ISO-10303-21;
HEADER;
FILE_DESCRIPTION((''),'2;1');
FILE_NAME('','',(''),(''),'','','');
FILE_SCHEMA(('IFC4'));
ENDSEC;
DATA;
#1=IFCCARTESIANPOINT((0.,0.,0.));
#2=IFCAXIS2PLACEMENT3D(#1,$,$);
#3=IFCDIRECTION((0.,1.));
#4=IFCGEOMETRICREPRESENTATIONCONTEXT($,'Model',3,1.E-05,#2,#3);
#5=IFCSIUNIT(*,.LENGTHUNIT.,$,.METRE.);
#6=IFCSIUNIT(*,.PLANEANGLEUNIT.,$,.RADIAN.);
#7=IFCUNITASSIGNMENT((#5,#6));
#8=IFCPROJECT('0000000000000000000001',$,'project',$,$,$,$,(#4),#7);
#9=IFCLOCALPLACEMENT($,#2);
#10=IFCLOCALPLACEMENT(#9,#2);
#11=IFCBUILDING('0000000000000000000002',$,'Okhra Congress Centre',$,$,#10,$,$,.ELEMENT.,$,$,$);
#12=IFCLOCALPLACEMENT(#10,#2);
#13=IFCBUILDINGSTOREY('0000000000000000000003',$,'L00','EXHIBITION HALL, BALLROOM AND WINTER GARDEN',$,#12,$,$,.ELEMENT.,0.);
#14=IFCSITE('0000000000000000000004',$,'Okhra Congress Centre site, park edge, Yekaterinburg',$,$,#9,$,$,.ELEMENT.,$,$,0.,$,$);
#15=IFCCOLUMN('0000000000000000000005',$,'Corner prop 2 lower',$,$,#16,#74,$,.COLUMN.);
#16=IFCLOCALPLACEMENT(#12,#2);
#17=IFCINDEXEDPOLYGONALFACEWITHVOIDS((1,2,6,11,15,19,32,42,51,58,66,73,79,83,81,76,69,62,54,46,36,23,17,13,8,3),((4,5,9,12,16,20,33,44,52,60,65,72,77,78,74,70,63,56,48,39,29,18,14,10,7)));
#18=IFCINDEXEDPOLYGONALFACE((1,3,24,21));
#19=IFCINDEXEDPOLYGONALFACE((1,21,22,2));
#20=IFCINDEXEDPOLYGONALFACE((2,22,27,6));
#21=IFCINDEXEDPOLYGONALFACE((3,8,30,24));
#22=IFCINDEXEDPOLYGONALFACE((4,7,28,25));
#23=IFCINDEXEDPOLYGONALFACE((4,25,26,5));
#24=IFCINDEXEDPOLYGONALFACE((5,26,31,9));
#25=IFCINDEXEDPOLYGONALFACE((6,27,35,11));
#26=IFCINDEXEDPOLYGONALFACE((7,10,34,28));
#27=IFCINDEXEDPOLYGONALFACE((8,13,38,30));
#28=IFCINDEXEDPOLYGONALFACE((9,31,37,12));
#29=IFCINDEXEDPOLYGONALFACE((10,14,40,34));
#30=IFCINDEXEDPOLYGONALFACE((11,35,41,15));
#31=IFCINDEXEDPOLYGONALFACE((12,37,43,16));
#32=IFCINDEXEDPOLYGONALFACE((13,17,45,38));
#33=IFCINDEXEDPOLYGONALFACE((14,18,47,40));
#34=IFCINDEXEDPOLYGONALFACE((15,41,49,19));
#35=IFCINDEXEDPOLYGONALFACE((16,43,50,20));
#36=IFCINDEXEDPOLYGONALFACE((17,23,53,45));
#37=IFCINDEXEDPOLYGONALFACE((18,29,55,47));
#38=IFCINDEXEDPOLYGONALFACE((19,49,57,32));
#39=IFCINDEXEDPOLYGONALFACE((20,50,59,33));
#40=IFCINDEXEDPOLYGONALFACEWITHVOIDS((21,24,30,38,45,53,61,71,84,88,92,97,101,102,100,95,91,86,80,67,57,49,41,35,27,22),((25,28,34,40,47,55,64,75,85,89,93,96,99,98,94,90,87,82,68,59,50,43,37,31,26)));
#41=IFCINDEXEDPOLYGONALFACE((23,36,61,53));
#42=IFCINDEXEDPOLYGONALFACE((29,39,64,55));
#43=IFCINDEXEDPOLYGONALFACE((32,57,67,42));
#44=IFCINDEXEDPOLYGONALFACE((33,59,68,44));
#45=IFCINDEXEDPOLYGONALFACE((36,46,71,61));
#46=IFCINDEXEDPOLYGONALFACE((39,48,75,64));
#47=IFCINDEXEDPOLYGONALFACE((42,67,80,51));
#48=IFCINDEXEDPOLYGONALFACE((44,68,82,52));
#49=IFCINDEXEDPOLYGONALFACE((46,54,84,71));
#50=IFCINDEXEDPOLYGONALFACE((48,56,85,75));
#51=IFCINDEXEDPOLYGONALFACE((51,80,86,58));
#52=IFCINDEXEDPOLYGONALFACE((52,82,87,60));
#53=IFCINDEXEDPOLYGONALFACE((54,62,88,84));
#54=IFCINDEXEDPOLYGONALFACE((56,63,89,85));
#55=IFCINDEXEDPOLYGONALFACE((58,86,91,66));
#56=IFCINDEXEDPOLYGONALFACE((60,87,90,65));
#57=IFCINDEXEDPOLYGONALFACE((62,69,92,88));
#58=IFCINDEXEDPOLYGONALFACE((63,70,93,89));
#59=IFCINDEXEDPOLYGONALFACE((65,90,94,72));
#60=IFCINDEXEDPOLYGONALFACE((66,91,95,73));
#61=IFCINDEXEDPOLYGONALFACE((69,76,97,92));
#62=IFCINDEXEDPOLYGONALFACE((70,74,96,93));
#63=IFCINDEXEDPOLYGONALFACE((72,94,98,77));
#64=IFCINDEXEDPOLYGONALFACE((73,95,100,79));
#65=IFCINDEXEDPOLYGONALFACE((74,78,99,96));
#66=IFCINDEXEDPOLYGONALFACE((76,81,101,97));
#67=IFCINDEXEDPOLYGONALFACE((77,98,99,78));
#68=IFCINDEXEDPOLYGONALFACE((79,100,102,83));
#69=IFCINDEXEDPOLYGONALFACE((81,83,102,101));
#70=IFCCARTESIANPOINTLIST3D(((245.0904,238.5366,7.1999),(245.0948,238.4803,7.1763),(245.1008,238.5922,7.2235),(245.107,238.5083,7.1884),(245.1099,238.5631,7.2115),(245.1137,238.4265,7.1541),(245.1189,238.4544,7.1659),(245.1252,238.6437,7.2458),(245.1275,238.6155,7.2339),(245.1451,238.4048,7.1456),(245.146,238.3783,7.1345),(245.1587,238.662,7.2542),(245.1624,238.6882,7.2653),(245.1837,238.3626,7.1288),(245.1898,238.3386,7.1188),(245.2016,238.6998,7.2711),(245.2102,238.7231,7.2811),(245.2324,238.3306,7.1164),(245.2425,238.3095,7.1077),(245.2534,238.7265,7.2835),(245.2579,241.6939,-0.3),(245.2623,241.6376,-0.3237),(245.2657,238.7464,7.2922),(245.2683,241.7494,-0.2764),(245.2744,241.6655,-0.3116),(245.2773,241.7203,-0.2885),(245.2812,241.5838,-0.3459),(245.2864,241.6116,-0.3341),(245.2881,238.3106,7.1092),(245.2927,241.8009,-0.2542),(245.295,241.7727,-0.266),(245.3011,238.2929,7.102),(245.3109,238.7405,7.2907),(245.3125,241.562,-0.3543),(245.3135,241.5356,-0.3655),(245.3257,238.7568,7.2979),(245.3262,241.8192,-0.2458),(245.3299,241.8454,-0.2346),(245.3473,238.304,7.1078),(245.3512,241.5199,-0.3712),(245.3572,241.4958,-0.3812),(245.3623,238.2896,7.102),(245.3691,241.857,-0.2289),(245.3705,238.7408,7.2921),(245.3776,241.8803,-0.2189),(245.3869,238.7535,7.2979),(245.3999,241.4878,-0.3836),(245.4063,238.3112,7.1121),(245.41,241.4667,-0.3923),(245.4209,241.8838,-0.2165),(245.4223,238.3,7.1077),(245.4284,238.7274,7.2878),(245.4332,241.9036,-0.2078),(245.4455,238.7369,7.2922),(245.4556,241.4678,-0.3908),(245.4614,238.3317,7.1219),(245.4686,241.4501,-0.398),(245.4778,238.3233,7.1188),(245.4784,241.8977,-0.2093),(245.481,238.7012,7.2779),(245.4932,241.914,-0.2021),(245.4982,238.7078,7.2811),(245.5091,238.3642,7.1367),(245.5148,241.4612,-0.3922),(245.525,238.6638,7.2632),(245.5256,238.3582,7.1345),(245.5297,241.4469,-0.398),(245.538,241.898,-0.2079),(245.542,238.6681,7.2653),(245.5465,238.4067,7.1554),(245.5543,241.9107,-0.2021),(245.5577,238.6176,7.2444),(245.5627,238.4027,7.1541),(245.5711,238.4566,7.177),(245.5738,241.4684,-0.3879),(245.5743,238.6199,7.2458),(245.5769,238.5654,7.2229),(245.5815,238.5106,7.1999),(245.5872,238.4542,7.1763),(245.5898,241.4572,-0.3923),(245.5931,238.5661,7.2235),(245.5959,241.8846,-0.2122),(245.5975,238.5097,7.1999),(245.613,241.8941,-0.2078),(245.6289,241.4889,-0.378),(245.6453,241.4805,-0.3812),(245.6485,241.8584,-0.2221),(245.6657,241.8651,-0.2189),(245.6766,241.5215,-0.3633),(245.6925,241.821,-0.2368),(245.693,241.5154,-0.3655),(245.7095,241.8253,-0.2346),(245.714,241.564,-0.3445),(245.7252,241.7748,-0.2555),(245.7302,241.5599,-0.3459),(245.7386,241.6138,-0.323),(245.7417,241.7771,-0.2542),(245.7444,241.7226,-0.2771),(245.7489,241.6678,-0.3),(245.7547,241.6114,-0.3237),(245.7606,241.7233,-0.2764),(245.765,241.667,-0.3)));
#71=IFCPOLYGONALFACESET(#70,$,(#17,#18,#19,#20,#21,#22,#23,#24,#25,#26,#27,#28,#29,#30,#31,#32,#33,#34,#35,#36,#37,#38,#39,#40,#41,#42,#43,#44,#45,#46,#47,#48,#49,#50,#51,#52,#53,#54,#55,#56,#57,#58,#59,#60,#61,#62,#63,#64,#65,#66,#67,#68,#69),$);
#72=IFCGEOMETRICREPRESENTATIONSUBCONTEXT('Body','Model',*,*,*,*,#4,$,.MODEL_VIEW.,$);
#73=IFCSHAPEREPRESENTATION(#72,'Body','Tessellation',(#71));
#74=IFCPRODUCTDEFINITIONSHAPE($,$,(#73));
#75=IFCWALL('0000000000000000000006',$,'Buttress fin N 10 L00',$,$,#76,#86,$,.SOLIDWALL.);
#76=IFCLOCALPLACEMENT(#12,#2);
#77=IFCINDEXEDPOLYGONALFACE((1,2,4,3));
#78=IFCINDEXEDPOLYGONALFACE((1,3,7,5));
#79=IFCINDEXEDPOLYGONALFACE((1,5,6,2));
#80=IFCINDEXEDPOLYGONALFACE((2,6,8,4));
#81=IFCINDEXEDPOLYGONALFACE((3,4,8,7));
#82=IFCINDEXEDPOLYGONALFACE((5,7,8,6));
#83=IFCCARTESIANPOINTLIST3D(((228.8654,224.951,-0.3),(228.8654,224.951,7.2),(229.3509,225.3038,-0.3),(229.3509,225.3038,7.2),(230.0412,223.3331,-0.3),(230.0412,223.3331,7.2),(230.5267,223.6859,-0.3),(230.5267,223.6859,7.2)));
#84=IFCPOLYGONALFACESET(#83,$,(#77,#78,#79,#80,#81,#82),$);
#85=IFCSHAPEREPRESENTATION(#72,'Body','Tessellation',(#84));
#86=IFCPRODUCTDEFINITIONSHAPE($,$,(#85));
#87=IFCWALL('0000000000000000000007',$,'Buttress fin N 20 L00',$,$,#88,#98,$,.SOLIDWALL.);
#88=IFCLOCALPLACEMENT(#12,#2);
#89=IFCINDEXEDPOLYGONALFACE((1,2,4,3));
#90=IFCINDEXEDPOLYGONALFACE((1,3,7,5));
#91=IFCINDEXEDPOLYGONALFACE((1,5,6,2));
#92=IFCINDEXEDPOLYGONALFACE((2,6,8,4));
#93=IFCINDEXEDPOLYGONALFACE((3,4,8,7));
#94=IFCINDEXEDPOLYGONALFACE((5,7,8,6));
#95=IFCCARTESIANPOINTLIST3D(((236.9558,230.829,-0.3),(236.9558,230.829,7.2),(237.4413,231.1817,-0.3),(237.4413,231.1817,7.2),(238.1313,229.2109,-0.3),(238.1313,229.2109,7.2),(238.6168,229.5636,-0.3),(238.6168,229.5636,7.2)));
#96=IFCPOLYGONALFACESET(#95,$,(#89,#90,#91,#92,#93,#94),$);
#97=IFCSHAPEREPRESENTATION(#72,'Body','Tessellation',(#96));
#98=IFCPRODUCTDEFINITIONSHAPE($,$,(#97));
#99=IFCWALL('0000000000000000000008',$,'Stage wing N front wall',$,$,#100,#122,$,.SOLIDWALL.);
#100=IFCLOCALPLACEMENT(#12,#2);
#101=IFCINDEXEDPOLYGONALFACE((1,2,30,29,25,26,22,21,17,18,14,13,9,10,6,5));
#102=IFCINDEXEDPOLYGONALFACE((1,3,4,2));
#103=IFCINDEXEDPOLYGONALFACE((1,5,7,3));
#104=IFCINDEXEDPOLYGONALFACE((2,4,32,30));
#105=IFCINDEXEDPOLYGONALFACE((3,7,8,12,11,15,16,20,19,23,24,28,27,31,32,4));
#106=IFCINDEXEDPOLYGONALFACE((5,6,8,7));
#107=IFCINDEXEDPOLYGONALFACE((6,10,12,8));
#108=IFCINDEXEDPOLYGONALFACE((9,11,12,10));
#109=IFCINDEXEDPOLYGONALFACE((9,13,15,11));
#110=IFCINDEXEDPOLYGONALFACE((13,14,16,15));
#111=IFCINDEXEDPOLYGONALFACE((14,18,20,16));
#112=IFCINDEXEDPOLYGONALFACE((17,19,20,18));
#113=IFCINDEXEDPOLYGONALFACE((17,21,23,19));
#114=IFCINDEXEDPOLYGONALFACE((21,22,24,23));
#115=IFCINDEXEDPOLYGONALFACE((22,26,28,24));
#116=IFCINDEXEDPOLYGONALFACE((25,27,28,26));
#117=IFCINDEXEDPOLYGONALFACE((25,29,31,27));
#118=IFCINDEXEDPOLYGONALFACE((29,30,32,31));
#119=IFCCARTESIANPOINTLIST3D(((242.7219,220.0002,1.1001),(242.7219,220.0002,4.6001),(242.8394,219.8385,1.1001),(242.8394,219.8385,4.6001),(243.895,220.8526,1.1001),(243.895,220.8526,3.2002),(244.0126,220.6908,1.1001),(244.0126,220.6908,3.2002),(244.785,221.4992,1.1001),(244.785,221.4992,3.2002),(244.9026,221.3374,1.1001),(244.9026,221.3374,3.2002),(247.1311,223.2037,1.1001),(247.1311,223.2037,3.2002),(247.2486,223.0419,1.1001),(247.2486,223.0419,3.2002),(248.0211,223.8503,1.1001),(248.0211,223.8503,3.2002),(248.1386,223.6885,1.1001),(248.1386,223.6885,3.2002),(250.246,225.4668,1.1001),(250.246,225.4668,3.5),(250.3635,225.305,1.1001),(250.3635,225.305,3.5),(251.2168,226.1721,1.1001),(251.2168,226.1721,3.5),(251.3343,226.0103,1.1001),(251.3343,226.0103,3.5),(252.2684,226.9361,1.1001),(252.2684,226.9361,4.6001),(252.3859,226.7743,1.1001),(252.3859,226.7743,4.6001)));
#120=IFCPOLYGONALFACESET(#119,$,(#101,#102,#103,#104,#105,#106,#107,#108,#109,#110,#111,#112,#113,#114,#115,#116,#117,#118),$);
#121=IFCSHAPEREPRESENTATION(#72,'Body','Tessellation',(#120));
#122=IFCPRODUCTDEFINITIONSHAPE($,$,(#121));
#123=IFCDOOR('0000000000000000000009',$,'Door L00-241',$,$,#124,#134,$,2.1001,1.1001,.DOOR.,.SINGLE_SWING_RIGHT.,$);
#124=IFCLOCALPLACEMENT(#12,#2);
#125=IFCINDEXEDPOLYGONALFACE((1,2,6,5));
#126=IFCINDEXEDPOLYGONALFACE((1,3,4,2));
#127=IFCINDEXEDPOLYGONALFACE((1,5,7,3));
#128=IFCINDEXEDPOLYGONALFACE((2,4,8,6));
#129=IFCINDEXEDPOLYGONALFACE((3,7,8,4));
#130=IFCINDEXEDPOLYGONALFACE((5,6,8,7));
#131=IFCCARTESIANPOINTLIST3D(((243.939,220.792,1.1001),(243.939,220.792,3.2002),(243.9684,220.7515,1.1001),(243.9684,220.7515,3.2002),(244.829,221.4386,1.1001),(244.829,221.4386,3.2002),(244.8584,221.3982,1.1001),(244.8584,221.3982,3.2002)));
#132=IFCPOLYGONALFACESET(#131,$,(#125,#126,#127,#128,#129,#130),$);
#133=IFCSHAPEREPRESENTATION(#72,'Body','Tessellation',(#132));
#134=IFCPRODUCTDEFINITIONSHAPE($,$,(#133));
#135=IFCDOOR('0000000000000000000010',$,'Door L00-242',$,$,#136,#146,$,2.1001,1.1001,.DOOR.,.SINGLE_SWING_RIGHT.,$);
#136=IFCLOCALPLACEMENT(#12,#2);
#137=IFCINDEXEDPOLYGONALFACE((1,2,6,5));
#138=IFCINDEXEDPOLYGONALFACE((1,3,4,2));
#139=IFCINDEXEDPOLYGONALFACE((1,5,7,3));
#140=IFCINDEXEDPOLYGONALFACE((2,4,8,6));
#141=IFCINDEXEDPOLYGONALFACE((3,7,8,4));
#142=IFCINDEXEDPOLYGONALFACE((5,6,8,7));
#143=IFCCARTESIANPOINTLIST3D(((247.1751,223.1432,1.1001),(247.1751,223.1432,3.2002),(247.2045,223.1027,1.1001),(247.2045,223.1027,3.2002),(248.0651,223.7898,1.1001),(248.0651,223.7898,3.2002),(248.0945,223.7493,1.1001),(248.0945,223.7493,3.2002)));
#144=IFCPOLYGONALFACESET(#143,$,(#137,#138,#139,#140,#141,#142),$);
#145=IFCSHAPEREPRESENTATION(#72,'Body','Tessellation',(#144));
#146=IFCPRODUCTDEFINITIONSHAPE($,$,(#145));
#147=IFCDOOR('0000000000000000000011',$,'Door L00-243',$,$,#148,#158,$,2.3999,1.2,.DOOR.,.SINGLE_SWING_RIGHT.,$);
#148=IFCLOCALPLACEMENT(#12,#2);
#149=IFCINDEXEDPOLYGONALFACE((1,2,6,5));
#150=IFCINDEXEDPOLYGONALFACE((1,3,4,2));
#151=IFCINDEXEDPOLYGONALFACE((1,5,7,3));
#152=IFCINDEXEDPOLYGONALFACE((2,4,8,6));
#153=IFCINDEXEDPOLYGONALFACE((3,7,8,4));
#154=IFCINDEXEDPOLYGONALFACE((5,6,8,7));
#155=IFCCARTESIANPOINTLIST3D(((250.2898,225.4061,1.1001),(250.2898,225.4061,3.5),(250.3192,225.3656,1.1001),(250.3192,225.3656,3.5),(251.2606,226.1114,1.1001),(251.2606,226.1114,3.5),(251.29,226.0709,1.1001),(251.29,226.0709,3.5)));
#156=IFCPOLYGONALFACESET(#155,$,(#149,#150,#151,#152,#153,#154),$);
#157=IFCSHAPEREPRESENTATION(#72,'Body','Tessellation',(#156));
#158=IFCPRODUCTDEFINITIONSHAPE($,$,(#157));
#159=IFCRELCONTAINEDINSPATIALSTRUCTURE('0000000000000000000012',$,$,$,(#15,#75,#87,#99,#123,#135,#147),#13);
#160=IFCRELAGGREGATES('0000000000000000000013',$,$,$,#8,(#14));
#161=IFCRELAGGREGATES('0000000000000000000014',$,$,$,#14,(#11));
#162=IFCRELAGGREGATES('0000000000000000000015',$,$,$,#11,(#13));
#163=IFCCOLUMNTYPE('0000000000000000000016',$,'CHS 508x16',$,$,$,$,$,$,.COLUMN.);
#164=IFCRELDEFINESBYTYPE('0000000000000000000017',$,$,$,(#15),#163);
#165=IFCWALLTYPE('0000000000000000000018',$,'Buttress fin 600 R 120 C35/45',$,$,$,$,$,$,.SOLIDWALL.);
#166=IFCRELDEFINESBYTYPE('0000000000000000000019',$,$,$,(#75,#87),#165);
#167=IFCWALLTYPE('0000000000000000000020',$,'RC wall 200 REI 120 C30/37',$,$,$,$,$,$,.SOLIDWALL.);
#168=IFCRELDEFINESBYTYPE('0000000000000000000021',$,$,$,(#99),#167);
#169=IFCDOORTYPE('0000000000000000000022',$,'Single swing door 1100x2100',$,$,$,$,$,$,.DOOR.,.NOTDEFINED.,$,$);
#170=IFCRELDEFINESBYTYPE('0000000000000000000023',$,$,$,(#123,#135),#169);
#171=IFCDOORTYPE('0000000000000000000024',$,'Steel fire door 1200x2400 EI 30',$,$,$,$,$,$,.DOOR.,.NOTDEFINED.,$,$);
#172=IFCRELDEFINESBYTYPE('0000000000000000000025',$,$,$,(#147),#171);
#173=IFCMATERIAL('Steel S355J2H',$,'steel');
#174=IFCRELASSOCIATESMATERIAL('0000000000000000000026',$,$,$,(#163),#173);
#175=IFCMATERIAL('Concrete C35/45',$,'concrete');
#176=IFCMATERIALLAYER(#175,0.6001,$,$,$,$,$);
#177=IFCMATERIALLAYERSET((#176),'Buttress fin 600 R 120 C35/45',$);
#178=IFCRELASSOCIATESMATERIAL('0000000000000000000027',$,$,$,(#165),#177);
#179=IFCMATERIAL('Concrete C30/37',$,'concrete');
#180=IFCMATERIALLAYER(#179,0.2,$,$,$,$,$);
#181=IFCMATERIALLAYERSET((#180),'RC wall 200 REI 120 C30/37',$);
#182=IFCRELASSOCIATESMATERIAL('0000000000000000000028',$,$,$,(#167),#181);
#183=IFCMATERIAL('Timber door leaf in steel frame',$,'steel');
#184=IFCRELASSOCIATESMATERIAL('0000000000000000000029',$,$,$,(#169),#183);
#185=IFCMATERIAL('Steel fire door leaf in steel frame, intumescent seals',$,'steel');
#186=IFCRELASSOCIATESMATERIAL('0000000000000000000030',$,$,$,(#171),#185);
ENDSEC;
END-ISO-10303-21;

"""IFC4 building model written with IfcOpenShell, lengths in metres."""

from ifc_helpers import new_model, si_unit, direction, frame, frame_2d, origin, origin_2d, place, context, subcontext, project, spatial, rectangle, hollow_circle, extrude, material, layer, layer_set, material_profile, profile_set, type_object, element, fill, save


model = new_model("IFC4")

# Units and contexts
model_context = context("Model", 3, precision=1e-05, world=origin(), true_north=direction((0.0, 1.0)))
body_context = subcontext(model_context, "Body", "Model", "MODEL_VIEW")
ifc_project = project(units=[si_unit("LENGTHUNIT", "METRE"), si_unit("PLANEANGLEUNIT", "RADIAN")], contexts=[model_context])

# Site, building, storey
site_placement = place(None, origin())
site = spatial("IfcSite", under=ifc_project, at=site_placement, Name="Okhra Congress Centre site, park edge, Yekaterinburg", CompositionType="ELEMENT", RefElevation=0.0)
building_placement = place(site_placement, origin())
building = spatial("IfcBuilding", under=site, at=building_placement, Name="Okhra Congress Centre", CompositionType="ELEMENT")
storey_placement = place(building_placement, origin())
storey = spatial("IfcBuildingStorey", under=building, at=storey_placement, Name="L00", Description="EXHIBITION HALL, BALLROOM AND WINTER GARDEN", CompositionType="ELEMENT", Elevation=0.0)

# Shared definitions
ifc_material_1 = material(Name="Concrete C30/37", Category="concrete")

# Shared definitions
ifc_material_2 = material(Name="Concrete C35/45", Category="concrete")

# Column
ifc_material_3 = material(Name="Steel S355J2H", Category="steel")
ifc_material_profile_1 = material_profile(ifc_material_3, hollow_circle(Radius=0.2539, WallThickness=0.0161, at=origin_2d()), Name="CHS 508x16")
ifc_profile_set_1 = profile_set([ifc_material_profile_1], Name="Steel S355J2H")
column_type = type_object("IfcColumnType", Name="CHS 508x16", PredefinedType="COLUMN", material=ifc_profile_set_1)
column_placement = place(storey_placement, frame((245.5115, 241.6804, -0.3), z_axis=(-0.020577, -0.387905, 0.92147), x_axis=(0.998596, -0.052972, 0.0)))
element("IfcColumn", 1, at=column_placement, inside=storey, type_object=column_type, Name="Corner prop 2 lower", PredefinedType="COLUMN", context=body_context, shape_type="SweptSolid", body=[
    extrude(hollow_circle(Radius=0.2539, WallThickness=0.0161, at=origin_2d()), origin(), (0.0, 0.0, 1.0), 8.1392),
])

# Walls
ifc_layer_1 = layer(ifc_material_2, 0.6001)
ifc_layer_set_1 = layer_set([ifc_layer_1], Name="Buttress fin 600 R 120 C35/45")
wall_type_1 = type_object("IfcWallType", Name="Buttress fin 600 R 120 C35/45", PredefinedType="SOLIDWALL", material=ifc_layer_set_1)
for number, where, z_axis, x_axis, name in (
    (2, (230.2839, 223.5095, -0.3), (0.0, 0.0, 1.0), (-0.587881, 0.808947, 0.0), "Buttress fin N 10 L00"),
    (3, (238.374, 229.3872, -0.3), (0.0, 0.0, 1.0), (-0.587743, 0.809047, 0.0), "Buttress fin N 20 L00"),
):
    element("IfcWall", number, at=place(storey_placement, frame(where, z_axis=z_axis, x_axis=x_axis)), inside=storey, type_object=wall_type_1, Name=name, PredefinedType="SOLIDWALL", context=body_context, shape_type="SweptSolid", body=[
        extrude(rectangle(XDim=2.0, YDim=0.6001, at=frame_2d((1.0, 0.0))), origin(), (0.0, 0.0, 1.0), 7.5),
    ])

# Wall, openings, doors
ifc_layer_2 = layer(ifc_material_1, 0.2)
ifc_layer_set_2 = layer_set([ifc_layer_2], Name="RC wall 200 REI 120 C30/37")
wall_type_2 = type_object("IfcWallType", Name="RC wall 200 REI 120 C30/37", PredefinedType="SOLIDWALL", material=ifc_layer_set_2)
wall_placement = place(storey_placement, frame((242.7808, 219.9194, 1.1001), z_axis=(0.0, 0.0, 1.0), x_axis=(0.80902, 0.587782, 0.0)))
wall = element("IfcWall", 4, at=wall_placement, inside=storey, type_object=wall_type_2, Name="Stage wing N front wall", PredefinedType="SOLIDWALL", context=body_context, shape_type="SweptSolid", body=[
    extrude(rectangle(XDim=11.8, YDim=0.2, at=frame_2d((5.8999, 0.0))), origin(), (0.0, 0.0, 1.0), 3.5),
])
opening_1_placement = place(wall_placement, frame((1.45, 0.0, 0.0)))
opening_1 = element("IfcOpeningElement", 5, at=opening_1_placement, cuts=wall, PredefinedType="OPENING", context=body_context, shape_type="SweptSolid", body=[
    extrude(rectangle(XDim=1.1001, YDim=2.1001, at=frame_2d((0.55, 1.05))), frame((0.0, 0.1099, 0.0), z_axis=(0.0, -1.0, 0.0), x_axis=(1.0, 0.0, 0.0)), (0.0, 0.0, 1.0), 0.22),
])
opening_2_placement = place(wall_placement, frame((5.45, 0.0, 0.0)))
opening_2 = element("IfcOpeningElement", 6, at=opening_2_placement, cuts=wall, PredefinedType="OPENING", context=body_context, shape_type="SweptSolid", body=[
    extrude(rectangle(XDim=1.1001, YDim=2.1001, at=frame_2d((0.55, 1.05))), frame((0.0, 0.1099, 0.0), z_axis=(0.0, -1.0, 0.0), x_axis=(1.0, 0.0, 0.0)), (0.0, 0.0, 1.0), 0.22),
])
opening_3_placement = place(wall_placement, frame((9.3, 0.0, 0.0)))
opening_3 = element("IfcOpeningElement", 7, at=opening_3_placement, cuts=wall, PredefinedType="OPENING", context=body_context, shape_type="SweptSolid", body=[
    extrude(rectangle(XDim=1.2, YDim=2.3999, at=frame_2d((0.6001, 1.2))), frame((0.0, 0.1099, 0.0), z_axis=(0.0, -1.0, 0.0), x_axis=(1.0, 0.0, 0.0)), (0.0, 0.0, 1.0), 0.22),
])
ifc_material_4 = material(Name="Timber door leaf in steel frame", Category="steel")
door_type_1 = type_object("IfcDoorType", Name="Single swing door 1100x2100", OperationType="NOTDEFINED", PredefinedType="DOOR", material=ifc_material_4)
door_1_placement = place(opening_1_placement, frame((1.1001, 0.0, 0.0), z_axis=(0.0, 0.0, 1.0), x_axis=(-1.0, 0.0, 0.0)))
door_1 = element("IfcDoor", 8, at=door_1_placement, inside=storey, type_object=door_type_1, Name="Door L00-241", OperationType="SINGLE_SWING_RIGHT", OverallHeight=2.1001, OverallWidth=1.1001, PredefinedType="DOOR", context=body_context, shape_type="SweptSolid", body=[
    extrude(rectangle(XDim=1.1001, YDim=2.1001, at=frame_2d((0.55, 1.05))), frame((0.0, 0.0249, 0.0), z_axis=(0.0, -1.0, 0.0), x_axis=(1.0, 0.0, 0.0)), (0.0, 0.0, 1.0), 0.05),
])
fill(opening_1, door_1)
door_2_placement = place(opening_2_placement, frame((1.1001, 0.0, 0.0), z_axis=(0.0, 0.0, 1.0), x_axis=(-1.0, 0.0, 0.0)))
door_2 = element("IfcDoor", 9, at=door_2_placement, inside=storey, type_object=door_type_1, Name="Door L00-242", OperationType="SINGLE_SWING_RIGHT", OverallHeight=2.1001, OverallWidth=1.1001, PredefinedType="DOOR", context=body_context, shape_type="SweptSolid", body=[
    extrude(rectangle(XDim=1.1001, YDim=2.1001, at=frame_2d((0.55, 1.05))), frame((0.0, 0.0249, 0.0), z_axis=(0.0, -1.0, 0.0), x_axis=(1.0, 0.0, 0.0)), (0.0, 0.0, 1.0), 0.05),
])
fill(opening_2, door_2)
ifc_material_5 = material(Name="Steel fire door leaf in steel frame, intumescent seals", Category="steel")
door_type_2 = type_object("IfcDoorType", Name="Steel fire door 1200x2400 EI 30", OperationType="NOTDEFINED", PredefinedType="DOOR", material=ifc_material_5)
door_3_placement = place(opening_3_placement, frame((1.2, 0.0, 0.0), z_axis=(0.0, 0.0, 1.0), x_axis=(-1.0, 0.0, 0.0)))
door_3 = element("IfcDoor", 10, at=door_3_placement, inside=storey, type_object=door_type_2, Name="Door L00-243", OperationType="SINGLE_SWING_RIGHT", OverallHeight=2.3999, OverallWidth=1.2, PredefinedType="DOOR", context=body_context, shape_type="SweptSolid", body=[
    extrude(rectangle(XDim=1.2, YDim=2.3999, at=frame_2d((0.6001, 1.2))), frame((0.0, 0.0249, 0.0), z_axis=(0.0, -1.0, 0.0), x_axis=(1.0, 0.0, 0.0)), (0.0, 0.0, 1.0), 0.05),
])
fill(opening_3, door_3)

save(model, "model.ifc")
